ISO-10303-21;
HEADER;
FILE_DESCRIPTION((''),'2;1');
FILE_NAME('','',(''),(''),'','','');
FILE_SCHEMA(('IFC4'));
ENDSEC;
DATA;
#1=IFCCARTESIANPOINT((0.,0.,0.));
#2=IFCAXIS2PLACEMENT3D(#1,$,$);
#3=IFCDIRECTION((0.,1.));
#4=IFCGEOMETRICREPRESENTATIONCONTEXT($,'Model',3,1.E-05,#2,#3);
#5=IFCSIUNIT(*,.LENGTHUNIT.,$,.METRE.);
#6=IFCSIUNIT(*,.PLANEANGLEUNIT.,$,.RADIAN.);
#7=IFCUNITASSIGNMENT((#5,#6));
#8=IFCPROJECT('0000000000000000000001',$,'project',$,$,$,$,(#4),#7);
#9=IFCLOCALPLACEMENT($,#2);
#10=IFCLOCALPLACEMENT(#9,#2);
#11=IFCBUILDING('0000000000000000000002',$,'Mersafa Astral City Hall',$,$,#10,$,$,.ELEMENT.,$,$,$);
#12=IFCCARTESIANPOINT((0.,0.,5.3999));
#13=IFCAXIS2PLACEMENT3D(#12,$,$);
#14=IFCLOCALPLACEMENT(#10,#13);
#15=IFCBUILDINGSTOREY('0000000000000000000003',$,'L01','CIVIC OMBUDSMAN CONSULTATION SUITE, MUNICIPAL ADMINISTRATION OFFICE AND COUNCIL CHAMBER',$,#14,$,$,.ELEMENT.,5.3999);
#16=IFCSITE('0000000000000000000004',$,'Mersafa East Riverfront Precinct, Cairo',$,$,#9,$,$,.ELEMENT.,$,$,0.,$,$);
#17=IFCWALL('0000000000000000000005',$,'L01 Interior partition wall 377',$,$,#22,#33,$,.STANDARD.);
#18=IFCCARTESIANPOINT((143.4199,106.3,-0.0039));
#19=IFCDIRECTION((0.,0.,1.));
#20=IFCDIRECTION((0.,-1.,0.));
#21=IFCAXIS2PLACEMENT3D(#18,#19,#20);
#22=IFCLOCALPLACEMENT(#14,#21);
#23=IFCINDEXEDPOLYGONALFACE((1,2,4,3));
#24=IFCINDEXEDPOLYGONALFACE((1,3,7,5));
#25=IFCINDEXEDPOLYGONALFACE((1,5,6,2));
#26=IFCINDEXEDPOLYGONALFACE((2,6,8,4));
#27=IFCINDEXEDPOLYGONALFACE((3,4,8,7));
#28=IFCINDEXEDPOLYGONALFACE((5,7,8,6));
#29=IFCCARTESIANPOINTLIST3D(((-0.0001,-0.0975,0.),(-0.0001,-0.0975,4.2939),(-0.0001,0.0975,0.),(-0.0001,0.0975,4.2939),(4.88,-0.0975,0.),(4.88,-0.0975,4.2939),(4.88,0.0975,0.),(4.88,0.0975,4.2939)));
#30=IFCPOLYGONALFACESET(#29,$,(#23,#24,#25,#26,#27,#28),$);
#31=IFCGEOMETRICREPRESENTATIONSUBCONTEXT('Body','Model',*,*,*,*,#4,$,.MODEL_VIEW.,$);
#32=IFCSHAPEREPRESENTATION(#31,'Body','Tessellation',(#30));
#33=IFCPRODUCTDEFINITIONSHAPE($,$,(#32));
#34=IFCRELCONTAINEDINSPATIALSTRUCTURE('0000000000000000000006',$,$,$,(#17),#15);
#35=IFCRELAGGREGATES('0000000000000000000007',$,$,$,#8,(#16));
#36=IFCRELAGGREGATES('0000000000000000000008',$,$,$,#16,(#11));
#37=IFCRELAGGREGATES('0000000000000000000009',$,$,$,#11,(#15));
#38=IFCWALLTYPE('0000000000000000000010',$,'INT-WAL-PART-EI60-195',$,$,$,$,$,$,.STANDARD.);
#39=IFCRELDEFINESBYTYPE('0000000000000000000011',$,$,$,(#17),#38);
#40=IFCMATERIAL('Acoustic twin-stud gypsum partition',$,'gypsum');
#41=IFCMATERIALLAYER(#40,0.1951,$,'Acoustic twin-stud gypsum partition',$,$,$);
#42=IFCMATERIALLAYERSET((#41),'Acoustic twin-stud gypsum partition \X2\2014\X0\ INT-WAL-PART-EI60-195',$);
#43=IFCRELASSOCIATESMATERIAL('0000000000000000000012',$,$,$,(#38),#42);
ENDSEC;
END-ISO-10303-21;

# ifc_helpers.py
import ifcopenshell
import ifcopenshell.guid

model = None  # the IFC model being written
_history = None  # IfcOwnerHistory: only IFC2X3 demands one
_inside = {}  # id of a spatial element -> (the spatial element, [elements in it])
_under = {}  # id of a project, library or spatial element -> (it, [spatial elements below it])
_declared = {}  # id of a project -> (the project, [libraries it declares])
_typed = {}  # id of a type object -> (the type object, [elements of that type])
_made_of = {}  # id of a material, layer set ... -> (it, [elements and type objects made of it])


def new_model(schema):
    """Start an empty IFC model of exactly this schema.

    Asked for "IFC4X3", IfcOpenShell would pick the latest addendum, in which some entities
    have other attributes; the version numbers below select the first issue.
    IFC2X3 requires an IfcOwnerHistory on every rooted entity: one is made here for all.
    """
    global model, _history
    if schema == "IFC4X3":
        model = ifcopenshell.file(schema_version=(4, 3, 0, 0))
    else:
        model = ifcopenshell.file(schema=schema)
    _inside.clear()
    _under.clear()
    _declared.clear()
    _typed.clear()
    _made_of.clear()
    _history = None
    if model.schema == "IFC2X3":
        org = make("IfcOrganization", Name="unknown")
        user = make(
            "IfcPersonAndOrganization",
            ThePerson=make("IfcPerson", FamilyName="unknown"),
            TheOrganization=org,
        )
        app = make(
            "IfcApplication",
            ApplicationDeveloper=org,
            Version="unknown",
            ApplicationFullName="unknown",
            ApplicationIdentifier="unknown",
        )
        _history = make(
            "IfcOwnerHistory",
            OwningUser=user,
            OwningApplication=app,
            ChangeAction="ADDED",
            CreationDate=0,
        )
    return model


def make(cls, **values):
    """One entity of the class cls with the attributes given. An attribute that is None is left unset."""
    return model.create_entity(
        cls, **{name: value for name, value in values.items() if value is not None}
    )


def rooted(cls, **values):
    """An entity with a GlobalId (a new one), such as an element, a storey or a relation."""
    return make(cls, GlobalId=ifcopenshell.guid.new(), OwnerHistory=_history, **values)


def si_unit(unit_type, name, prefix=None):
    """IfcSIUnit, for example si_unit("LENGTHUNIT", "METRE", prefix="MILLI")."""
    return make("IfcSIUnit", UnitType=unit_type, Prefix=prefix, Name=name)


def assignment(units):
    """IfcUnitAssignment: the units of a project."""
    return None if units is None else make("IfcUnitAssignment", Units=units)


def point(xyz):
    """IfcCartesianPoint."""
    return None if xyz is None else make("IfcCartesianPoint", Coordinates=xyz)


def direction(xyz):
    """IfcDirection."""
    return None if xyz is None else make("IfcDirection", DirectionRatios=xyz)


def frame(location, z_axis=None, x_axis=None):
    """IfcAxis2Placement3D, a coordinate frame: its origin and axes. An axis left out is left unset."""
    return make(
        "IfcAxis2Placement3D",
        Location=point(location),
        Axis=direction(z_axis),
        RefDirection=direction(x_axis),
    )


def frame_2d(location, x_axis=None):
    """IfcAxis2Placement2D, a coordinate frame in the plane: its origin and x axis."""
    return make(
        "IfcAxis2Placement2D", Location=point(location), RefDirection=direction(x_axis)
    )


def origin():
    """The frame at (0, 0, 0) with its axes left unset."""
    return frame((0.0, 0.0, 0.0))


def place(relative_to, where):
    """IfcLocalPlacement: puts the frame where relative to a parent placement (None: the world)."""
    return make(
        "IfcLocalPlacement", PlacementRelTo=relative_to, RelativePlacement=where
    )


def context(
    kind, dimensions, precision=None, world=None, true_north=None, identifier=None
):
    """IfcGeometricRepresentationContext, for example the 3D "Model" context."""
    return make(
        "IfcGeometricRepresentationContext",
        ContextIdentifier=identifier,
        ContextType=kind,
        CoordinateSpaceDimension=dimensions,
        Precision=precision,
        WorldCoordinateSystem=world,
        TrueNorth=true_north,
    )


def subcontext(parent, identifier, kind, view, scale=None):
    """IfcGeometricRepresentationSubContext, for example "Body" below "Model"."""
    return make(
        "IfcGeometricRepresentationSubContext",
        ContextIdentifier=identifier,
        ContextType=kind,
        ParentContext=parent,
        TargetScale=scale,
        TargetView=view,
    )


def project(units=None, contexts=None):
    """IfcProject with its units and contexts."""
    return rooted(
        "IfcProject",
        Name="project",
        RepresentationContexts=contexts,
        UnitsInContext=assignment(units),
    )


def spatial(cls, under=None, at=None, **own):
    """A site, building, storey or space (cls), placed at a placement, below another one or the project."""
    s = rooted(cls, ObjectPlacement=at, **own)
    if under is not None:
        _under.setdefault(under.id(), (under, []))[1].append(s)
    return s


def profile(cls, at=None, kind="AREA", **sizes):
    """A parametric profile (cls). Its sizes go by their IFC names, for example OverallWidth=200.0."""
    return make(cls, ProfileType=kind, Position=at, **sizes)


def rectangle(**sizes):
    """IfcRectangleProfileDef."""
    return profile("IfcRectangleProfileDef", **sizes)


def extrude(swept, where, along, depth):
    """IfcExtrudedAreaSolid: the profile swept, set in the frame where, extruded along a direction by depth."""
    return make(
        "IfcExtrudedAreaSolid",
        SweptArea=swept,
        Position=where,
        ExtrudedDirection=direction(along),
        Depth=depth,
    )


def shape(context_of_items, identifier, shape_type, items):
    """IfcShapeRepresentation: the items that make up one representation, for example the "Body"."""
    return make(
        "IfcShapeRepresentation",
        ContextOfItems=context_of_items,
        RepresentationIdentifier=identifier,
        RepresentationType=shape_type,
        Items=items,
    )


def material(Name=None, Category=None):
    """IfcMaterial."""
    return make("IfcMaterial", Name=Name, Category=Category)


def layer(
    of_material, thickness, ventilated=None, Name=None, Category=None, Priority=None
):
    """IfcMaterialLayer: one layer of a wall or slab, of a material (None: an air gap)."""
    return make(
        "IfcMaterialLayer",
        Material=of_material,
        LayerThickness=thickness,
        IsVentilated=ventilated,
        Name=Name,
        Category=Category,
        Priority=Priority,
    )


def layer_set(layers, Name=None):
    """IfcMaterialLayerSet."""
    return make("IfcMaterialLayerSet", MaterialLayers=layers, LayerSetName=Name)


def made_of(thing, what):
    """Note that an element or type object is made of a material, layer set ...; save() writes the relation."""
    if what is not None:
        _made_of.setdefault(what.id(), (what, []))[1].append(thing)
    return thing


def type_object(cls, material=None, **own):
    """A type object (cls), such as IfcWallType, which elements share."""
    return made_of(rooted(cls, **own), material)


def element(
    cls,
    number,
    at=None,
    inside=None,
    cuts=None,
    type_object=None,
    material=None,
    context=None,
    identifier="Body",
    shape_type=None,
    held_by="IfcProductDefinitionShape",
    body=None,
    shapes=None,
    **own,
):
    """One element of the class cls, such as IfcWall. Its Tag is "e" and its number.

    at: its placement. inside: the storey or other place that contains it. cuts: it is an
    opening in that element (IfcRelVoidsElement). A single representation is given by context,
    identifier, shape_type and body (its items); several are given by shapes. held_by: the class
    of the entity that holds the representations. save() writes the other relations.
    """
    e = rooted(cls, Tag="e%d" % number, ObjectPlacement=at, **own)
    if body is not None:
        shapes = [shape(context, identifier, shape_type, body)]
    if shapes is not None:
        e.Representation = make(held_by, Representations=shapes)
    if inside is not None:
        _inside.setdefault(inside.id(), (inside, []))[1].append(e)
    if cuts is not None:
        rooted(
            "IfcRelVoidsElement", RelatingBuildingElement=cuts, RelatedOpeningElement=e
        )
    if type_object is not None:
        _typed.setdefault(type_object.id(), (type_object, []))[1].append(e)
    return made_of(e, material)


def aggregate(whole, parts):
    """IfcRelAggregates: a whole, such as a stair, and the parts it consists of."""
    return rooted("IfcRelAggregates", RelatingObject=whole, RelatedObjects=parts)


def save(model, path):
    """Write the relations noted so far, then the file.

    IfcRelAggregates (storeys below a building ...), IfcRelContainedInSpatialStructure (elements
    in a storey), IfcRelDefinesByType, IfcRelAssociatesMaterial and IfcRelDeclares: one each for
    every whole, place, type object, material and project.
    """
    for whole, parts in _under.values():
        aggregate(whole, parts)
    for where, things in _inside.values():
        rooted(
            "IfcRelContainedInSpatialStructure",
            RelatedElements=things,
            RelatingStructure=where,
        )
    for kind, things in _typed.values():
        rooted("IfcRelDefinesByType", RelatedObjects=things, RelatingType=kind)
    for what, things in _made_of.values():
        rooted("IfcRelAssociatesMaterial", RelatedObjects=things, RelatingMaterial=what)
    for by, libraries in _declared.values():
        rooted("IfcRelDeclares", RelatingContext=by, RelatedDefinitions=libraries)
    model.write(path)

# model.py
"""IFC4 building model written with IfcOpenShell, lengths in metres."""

from ifc_helpers import new_model, si_unit, direction, frame, frame_2d, origin, place, context, subcontext, project, spatial, rectangle, extrude, material, layer, layer_set, type_object, element, save


model = new_model("IFC4")

# Units and contexts
model_context = context("Model", 3, precision=1e-05, world=origin(), true_north=direction((0.0, 1.0)))
body_context = subcontext(model_context, "Body", "Model", "MODEL_VIEW")
ifc_project = project(units=[si_unit("LENGTHUNIT", "METRE"), si_unit("PLANEANGLEUNIT", "RADIAN")], contexts=[model_context])

# Site, building, storey
site_placement = place(None, origin())
site = spatial("IfcSite", under=ifc_project, at=site_placement, Name="Mersafa East Riverfront Precinct, Cairo", CompositionType="ELEMENT", RefElevation=0.0)
building_placement = place(site_placement, origin())
building = spatial("IfcBuilding", under=site, at=building_placement, Name="Mersafa Astral City Hall", CompositionType="ELEMENT")
storey_placement = place(building_placement, frame((0.0, 0.0, 5.3999)))
storey = spatial("IfcBuildingStorey", under=building, at=storey_placement, Name="L01", Description="CIVIC OMBUDSMAN CONSULTATION SUITE, MUNICIPAL ADMINISTRATION OFFICE AND COUNCIL CHAMBER", CompositionType="ELEMENT", Elevation=5.3999)

# Wall
ifc_material_1 = material(Name="Acoustic twin-stud gypsum partition", Category="gypsum")
ifc_layer_1 = layer(ifc_material_1, 0.1951, Name="Acoustic twin-stud gypsum partition")
ifc_layer_set_1 = layer_set([ifc_layer_1], Name="Acoustic twin-stud gypsum partition — INT-WAL-PART-EI60-195")
wall_type_1 = type_object("IfcWallType", Name="INT-WAL-PART-EI60-195", PredefinedType="STANDARD", material=ifc_layer_set_1)
wall_1_placement = place(storey_placement, frame((143.4199, 106.3, -0.0039), z_axis=(0.0, 0.0, 1.0), x_axis=(0.0, -1.0, 0.0)))
element("IfcWall", 1, at=wall_1_placement, inside=storey, type_object=wall_type_1, Name="L01 Interior partition wall 377", PredefinedType="STANDARD", context=body_context, shape_type="SweptSolid", body=[
    extrude(rectangle(XDim=4.8801, YDim=0.1951, at=frame_2d((2.4399, 0.0))), origin(), (0.0, 0.0, 1.0), 4.2939),
])

save(model, "model.ifc")
